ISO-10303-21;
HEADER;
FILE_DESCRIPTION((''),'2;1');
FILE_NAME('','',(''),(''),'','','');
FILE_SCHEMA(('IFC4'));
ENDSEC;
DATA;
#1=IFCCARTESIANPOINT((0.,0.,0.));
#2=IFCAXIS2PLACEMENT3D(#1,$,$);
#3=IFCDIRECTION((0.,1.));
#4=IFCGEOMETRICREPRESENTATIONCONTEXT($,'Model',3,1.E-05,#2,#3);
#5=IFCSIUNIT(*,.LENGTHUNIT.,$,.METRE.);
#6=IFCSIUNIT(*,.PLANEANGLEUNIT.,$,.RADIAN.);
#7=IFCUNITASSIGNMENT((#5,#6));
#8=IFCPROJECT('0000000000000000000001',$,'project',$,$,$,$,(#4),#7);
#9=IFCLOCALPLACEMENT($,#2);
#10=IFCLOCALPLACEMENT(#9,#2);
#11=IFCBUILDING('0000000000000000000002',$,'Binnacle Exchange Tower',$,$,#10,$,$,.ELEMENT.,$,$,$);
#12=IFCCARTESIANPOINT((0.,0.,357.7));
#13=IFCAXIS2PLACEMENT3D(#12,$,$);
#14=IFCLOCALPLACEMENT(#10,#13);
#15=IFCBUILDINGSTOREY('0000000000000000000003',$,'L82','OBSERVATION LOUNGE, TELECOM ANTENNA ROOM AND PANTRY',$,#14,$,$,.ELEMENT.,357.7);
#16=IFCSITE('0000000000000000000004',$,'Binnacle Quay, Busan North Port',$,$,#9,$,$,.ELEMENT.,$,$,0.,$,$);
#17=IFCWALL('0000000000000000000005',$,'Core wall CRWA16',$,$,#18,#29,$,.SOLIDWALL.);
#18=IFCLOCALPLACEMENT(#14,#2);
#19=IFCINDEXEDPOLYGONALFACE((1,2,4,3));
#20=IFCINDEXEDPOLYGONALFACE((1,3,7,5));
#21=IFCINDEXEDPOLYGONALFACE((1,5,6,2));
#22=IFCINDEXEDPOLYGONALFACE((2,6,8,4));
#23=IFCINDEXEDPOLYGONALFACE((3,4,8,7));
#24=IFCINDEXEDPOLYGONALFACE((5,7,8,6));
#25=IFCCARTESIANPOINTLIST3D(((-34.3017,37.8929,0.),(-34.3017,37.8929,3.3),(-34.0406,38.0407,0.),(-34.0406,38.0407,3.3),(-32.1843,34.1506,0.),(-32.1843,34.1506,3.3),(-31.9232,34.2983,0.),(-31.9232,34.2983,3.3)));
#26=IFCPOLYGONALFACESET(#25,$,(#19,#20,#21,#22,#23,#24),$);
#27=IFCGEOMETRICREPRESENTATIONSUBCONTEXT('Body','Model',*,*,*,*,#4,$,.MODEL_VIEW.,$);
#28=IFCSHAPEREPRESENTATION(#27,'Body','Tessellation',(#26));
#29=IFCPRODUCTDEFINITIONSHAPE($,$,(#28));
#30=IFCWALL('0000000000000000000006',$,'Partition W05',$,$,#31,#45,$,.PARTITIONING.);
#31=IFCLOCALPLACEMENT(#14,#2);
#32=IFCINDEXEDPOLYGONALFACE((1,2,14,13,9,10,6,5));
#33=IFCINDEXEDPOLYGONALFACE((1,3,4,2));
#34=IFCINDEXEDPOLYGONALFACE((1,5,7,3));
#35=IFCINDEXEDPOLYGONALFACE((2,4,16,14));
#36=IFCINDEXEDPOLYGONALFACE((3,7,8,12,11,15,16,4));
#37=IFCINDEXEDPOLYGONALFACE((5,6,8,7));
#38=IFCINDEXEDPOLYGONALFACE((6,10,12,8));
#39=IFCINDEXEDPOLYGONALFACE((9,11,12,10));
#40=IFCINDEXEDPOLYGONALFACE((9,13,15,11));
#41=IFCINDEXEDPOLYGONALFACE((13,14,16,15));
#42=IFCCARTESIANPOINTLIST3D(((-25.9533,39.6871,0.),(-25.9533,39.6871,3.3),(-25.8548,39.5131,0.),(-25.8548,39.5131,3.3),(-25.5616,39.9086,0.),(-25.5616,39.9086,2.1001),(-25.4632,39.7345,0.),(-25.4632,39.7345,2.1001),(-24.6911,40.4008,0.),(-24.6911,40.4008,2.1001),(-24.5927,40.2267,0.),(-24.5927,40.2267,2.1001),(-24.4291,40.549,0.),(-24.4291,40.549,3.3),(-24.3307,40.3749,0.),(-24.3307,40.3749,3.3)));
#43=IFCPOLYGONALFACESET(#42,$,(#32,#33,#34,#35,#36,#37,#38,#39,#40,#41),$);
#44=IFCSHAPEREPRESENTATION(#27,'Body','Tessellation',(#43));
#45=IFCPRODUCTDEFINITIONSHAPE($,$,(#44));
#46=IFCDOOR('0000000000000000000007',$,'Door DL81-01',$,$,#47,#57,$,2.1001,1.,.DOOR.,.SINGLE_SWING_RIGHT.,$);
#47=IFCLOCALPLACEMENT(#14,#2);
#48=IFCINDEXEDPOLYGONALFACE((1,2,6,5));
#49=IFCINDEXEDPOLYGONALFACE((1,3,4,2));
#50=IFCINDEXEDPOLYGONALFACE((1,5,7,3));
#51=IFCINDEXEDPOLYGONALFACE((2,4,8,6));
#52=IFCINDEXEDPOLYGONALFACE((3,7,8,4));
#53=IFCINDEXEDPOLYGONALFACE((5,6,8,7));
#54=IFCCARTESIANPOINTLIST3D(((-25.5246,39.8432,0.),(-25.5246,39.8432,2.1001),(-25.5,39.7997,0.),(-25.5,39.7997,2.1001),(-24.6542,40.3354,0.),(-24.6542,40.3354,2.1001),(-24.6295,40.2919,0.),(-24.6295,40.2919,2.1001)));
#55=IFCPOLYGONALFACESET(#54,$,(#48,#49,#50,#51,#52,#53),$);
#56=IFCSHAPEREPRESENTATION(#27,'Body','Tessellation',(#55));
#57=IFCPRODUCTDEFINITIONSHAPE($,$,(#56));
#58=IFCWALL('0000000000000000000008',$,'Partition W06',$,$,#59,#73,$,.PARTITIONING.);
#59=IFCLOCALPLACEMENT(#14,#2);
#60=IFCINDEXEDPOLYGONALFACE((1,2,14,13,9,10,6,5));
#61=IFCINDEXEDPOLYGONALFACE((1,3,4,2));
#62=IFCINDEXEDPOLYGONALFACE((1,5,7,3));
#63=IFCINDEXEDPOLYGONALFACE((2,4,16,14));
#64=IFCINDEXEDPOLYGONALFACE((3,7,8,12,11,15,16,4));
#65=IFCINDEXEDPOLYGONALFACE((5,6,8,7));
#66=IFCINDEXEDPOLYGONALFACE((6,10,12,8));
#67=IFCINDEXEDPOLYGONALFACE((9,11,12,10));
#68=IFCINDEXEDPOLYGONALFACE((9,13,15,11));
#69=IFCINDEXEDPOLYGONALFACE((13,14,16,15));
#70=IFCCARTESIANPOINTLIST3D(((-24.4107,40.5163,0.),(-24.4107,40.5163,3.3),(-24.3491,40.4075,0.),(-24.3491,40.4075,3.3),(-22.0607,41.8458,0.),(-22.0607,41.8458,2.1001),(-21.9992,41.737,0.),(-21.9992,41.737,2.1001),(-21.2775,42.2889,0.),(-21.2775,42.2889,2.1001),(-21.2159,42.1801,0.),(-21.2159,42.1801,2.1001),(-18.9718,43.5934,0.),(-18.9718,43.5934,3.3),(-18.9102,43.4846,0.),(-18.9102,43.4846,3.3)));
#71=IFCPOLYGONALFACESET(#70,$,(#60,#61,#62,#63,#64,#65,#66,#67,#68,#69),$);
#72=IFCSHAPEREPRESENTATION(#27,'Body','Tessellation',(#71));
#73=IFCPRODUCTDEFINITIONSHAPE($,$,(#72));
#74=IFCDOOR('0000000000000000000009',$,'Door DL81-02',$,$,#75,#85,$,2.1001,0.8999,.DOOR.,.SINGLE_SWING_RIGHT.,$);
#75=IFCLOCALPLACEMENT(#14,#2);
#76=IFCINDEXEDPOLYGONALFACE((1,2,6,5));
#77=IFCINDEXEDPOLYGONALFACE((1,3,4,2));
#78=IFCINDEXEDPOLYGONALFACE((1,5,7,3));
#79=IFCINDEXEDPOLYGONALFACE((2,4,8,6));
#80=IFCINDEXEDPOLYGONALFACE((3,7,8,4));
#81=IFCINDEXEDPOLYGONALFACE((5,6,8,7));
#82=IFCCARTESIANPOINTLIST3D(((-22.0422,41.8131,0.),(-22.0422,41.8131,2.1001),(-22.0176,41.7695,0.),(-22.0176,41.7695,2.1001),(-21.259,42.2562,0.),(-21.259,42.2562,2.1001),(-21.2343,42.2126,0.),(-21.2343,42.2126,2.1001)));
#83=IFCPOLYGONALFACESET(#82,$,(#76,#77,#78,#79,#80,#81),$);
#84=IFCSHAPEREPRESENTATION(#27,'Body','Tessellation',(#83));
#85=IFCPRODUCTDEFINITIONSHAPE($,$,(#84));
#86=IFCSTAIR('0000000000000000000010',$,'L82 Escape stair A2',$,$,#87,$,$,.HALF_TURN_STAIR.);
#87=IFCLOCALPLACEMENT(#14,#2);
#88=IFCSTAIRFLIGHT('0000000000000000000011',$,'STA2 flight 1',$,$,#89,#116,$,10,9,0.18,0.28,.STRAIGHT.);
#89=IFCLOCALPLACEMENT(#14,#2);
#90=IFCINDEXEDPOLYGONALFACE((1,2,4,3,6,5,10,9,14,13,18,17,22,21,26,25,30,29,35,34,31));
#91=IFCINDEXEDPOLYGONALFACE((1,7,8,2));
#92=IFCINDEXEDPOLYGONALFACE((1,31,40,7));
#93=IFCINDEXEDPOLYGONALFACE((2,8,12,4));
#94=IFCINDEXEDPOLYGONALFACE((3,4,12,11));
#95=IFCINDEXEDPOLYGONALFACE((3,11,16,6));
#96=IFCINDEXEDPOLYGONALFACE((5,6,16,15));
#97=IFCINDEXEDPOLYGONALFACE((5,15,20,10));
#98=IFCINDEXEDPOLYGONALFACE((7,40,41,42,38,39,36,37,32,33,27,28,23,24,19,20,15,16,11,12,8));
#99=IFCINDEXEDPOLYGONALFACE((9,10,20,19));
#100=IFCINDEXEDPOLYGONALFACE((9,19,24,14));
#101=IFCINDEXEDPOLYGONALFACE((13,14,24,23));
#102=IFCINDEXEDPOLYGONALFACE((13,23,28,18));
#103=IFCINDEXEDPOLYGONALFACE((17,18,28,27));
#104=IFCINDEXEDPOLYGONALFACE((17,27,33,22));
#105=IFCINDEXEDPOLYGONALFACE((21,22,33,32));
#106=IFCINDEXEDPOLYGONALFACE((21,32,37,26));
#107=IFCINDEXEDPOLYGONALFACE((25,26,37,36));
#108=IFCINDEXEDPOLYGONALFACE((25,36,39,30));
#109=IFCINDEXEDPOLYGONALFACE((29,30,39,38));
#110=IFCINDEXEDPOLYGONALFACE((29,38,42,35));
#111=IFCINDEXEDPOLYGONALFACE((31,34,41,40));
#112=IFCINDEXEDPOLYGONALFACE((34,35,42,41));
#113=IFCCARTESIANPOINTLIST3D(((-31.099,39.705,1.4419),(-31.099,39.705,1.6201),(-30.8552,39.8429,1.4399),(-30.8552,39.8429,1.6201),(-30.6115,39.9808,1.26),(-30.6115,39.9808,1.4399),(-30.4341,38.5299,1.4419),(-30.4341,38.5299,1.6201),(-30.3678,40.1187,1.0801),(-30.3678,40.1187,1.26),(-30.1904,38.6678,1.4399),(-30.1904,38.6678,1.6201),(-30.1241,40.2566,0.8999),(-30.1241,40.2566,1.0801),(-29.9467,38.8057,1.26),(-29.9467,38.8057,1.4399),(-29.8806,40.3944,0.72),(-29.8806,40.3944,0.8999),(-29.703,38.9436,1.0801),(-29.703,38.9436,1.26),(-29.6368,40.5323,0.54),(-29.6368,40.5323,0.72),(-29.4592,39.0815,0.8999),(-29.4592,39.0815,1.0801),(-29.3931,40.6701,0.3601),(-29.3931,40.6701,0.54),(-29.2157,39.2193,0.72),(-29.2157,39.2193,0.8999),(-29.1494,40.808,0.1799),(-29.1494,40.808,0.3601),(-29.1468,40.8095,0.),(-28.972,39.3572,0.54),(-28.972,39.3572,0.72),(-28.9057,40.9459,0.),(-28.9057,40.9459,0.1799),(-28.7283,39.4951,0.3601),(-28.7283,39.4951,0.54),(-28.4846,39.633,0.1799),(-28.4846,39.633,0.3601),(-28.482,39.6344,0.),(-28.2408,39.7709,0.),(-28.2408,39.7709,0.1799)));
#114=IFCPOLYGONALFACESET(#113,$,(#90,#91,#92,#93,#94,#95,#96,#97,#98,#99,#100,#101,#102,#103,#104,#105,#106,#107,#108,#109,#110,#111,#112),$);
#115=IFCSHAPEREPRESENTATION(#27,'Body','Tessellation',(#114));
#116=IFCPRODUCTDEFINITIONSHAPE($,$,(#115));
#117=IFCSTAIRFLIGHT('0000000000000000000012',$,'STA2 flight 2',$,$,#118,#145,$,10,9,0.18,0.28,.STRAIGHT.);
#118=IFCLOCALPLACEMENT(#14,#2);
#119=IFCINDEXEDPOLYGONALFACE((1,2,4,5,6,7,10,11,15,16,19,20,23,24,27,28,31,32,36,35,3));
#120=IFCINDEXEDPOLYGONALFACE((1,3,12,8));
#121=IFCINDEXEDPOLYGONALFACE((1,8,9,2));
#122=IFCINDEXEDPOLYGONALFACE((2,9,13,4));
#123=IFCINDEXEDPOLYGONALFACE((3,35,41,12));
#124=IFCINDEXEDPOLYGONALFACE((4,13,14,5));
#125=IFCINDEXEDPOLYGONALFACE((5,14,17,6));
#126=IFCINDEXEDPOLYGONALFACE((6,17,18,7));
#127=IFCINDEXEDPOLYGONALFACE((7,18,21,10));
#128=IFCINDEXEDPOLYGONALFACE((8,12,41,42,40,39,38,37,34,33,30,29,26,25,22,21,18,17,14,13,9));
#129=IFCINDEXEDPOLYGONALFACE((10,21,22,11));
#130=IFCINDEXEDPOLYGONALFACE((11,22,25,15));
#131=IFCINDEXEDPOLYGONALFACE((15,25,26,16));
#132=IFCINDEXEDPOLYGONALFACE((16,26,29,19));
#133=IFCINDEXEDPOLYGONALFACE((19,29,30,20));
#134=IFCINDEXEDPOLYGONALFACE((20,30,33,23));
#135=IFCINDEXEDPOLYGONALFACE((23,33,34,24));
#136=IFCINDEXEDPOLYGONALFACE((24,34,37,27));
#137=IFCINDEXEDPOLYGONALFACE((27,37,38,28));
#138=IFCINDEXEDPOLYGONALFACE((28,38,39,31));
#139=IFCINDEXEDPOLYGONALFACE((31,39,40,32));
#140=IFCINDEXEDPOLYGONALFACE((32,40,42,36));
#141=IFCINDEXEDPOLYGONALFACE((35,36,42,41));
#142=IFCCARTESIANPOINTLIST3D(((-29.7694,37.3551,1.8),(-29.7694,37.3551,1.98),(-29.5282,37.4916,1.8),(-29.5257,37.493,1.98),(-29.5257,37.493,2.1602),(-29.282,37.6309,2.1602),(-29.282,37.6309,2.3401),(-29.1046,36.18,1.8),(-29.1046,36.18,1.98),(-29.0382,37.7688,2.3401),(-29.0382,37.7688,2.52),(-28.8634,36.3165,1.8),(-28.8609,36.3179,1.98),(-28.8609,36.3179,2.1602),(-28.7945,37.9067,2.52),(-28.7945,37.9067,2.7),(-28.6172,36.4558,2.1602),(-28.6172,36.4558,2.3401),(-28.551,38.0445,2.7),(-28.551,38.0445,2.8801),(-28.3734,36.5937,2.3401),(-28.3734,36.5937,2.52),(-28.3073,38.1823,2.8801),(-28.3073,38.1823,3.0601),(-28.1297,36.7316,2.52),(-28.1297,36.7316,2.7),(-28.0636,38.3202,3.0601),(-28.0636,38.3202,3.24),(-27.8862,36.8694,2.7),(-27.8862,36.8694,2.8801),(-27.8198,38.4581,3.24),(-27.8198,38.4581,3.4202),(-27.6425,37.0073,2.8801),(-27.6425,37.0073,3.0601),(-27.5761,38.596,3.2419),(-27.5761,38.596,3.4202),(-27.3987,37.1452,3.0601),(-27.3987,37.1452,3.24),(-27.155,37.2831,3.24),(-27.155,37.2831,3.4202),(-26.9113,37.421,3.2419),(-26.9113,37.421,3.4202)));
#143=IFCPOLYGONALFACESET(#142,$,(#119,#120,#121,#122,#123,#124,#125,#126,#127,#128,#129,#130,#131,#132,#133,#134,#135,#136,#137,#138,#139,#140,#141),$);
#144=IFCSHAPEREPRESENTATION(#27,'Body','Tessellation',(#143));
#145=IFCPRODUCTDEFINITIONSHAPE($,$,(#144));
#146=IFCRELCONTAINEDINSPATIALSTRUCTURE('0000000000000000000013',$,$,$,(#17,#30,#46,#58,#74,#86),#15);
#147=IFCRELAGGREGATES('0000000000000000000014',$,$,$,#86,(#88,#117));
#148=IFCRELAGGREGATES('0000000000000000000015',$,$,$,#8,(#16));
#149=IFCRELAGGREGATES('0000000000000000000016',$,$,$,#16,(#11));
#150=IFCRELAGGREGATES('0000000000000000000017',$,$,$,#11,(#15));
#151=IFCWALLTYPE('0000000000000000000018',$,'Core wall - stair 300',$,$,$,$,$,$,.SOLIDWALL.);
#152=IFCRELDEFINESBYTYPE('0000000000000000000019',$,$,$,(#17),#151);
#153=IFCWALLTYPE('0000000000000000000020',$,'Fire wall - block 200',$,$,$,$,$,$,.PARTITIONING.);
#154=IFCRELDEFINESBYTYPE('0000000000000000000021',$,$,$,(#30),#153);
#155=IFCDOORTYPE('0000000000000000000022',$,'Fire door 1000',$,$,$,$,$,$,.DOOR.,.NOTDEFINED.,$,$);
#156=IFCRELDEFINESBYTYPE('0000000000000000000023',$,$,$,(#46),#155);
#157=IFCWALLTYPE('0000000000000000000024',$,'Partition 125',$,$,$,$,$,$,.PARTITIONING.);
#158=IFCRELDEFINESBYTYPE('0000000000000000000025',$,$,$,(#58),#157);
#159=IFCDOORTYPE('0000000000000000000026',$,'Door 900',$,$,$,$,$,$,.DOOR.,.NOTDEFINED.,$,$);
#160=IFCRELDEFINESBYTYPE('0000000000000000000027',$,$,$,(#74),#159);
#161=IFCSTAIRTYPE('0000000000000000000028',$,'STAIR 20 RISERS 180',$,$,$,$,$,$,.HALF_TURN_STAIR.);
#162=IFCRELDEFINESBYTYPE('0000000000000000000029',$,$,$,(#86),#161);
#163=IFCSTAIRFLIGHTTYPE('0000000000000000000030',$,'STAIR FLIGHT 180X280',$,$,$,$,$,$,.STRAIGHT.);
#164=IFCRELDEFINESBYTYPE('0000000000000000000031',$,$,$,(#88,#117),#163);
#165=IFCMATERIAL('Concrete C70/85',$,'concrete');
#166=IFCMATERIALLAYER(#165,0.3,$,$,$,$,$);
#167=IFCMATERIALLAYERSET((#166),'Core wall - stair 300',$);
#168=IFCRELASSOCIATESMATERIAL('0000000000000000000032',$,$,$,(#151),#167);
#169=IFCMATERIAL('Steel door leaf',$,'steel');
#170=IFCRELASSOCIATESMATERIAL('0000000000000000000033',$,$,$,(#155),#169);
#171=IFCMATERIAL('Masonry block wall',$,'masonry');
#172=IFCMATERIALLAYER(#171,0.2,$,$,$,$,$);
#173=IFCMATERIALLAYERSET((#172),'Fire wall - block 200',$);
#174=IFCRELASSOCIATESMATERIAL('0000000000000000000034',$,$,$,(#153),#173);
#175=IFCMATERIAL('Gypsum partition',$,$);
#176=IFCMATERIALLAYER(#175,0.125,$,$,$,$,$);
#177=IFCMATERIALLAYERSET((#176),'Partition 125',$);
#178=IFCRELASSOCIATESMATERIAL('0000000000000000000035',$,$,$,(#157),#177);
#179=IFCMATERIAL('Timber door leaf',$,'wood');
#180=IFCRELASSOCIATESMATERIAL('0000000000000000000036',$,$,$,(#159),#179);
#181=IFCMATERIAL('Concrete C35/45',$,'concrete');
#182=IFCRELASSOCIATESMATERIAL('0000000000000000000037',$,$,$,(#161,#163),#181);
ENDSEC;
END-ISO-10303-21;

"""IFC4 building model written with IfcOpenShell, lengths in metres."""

from ifc_helpers import new_model, si_unit, direction, frame, frame_2d, origin, place, context, subcontext, project, spatial, polyline, rectangle, outline, extrude, material, layer, layer_set, type_object, element, fill, aggregate, save


model = new_model("IFC4")

# Units and contexts
model_context = context("Model", 3, precision=1e-05, world=origin(), true_north=direction((0.0, 1.0)))
body_context = subcontext(model_context, "Body", "Model", "MODEL_VIEW")
ifc_project = project(units=[si_unit("LENGTHUNIT", "METRE"), si_unit("PLANEANGLEUNIT", "RADIAN")], contexts=[model_context])

# Site, building, storey
site_placement = place(None, origin())
site = spatial("IfcSite", under=ifc_project, at=site_placement, Name="Binnacle Quay, Busan North Port", CompositionType="ELEMENT", RefElevation=0.0)
building_placement = place(site_placement, origin())
building = spatial("IfcBuilding", under=site, at=building_placement, Name="Binnacle Exchange Tower", CompositionType="ELEMENT")
storey_placement = place(building_placement, frame((0.0, 0.0, 357.7)))
storey = spatial("IfcBuildingStorey", under=building, at=storey_placement, Name="L82", Description="OBSERVATION LOUNGE, TELECOM ANTENNA ROOM AND PANTRY", CompositionType="ELEMENT", Elevation=357.7)

# Shared definitions
ifc_material_1 = material(Name="Concrete C70/85", Category="concrete")
ifc_layer_1 = layer(ifc_material_1, 0.3)
ifc_layer_set_1 = layer_set([ifc_layer_1], Name="Core wall - stair 300")
wall_type_1 = type_object("IfcWallType", Name="Core wall - stair 300", PredefinedType="SOLIDWALL", material=ifc_layer_set_1)
ifc_material_2 = material(Name="Steel door leaf", Category="steel")
door_type_1 = type_object("IfcDoorType", Name="Fire door 1000", OperationType="NOTDEFINED", PredefinedType="DOOR", material=ifc_material_2)

# Wall
wall_1_placement = place(storey_placement, frame((-34.1711, 37.9668, 0.0), z_axis=(0.0, 0.0, 1.0), x_axis=(0.492435, -0.870349, 0.0)))
element("IfcWall", 1, at=wall_1_placement, inside=storey, type_object=wall_type_1, Name="Core wall CRWA16", PredefinedType="SOLIDWALL", context=body_context, shape_type="SweptSolid", body=[
    extrude(rectangle(XDim=4.2998, YDim=0.3, at=frame_2d((2.1499, 0.0))), origin(), (0.0, 0.0, 1.0), 3.3),
])

# Walls, openings, doors
ifc_material_3 = material(Name="Masonry block wall", Category="masonry")
ifc_layer_2 = layer(ifc_material_3, 0.2)
ifc_layer_set_2 = layer_set([ifc_layer_2], Name="Fire wall - block 200")
wall_type_2 = type_object("IfcWallType", Name="Fire wall - block 200", PredefinedType="PARTITIONING", material=ifc_layer_set_2)
wall_2_placement = place(storey_placement, frame((-25.9041, 39.6001, 0.0), z_axis=(0.0, 0.0, 1.0), x_axis=(0.870482, 0.4922, 0.0)))
wall_2 = element("IfcWall", 2, at=wall_2_placement, inside=storey, type_object=wall_type_2, Name="Partition W05", PredefinedType="PARTITIONING", context=body_context, shape_type="SweptSolid", body=[
    extrude(rectangle(XDim=1.751, YDim=0.2, at=frame_2d((0.8755, 0.0))), origin(), (0.0, 0.0, 1.0), 3.3),
])
opening_1_placement = place(wall_2_placement, frame((0.45, 0.0, 0.0)))
opening_1 = element("IfcOpeningElement", 3, at=opening_1_placement, cuts=wall_2, PredefinedType="OPENING", context=body_context, shape_type="SweptSolid", body=[
    extrude(rectangle(XDim=1.0, YDim=2.1001, at=frame_2d((0.5, 1.05))), frame((0.0, 0.1099, 0.0), z_axis=(0.0, -1.0, 0.0), x_axis=(1.0, 0.0, 0.0)), (0.0, 0.0, 1.0), 0.22),
])
door_1_placement = place(opening_1_placement, origin())
door_1 = element("IfcDoor", 4, at=door_1_placement, inside=storey, type_object=door_type_1, Name="Door DL81-01", OperationType="SINGLE_SWING_RIGHT", OverallHeight=2.1001, OverallWidth=1.0, PredefinedType="DOOR", context=body_context, shape_type="SweptSolid", body=[
    extrude(rectangle(XDim=1.0, YDim=2.1001, at=frame_2d((0.5, 1.05))), frame((0.0, 0.0249, 0.0), z_axis=(0.0, -1.0, 0.0), x_axis=(1.0, 0.0, 0.0)), (0.0, 0.0, 1.0), 0.05),
])
fill(opening_1, door_1)
ifc_material_4 = material(Name="Gypsum partition")
ifc_layer_3 = layer(ifc_material_4, 0.125)
ifc_layer_set_3 = layer_set([ifc_layer_3], Name="Partition 125")
wall_type_3 = type_object("IfcWallType", Name="Partition 125", PredefinedType="PARTITIONING", material=ifc_layer_set_3)
wall_3_placement = place(storey_placement, frame((-24.3799, 40.4619, 0.0), z_axis=(0.0, 0.0, 1.0), x_axis=(0.87036, 0.492415, 0.0)))
wall_3 = element("IfcWall", 5, at=wall_3_placement, inside=storey, type_object=wall_type_3, Name="Partition W06", PredefinedType="PARTITIONING", context=body_context, shape_type="SweptSolid", body=[
    extrude(rectangle(XDim=6.249, YDim=0.125, at=frame_2d((3.1245, 0.0))), origin(), (0.0, 0.0, 1.0), 3.3),
])
opening_2_placement = place(wall_3_placement, frame((2.7, 0.0, 0.0)))
opening_2 = element("IfcOpeningElement", 6, at=opening_2_placement, cuts=wall_3, PredefinedType="OPENING", context=body_context, shape_type="SweptSolid", body=[
    extrude(rectangle(XDim=0.8999, YDim=2.1001, at=frame_2d((0.45, 1.05))), frame((0.0, 0.0725, 0.0), z_axis=(0.0, -1.0, 0.0), x_axis=(1.0, 0.0, 0.0)), (0.0, 0.0, 1.0), 0.145),
])
ifc_material_5 = material(Name="Timber door leaf", Category="wood")
door_type_2 = type_object("IfcDoorType", Name="Door 900", OperationType="NOTDEFINED", PredefinedType="DOOR", material=ifc_material_5)
door_2_placement = place(opening_2_placement, origin())
door_2 = element("IfcDoor", 7, at=door_2_placement, inside=storey, type_object=door_type_2, Name="Door DL81-02", OperationType="SINGLE_SWING_RIGHT", OverallHeight=2.1001, OverallWidth=0.8999, PredefinedType="DOOR", context=body_context, shape_type="SweptSolid", body=[
    extrude(rectangle(XDim=0.8999, YDim=2.1001, at=frame_2d((0.45, 1.05))), frame((0.0, 0.0249, 0.0), z_axis=(0.0, -1.0, 0.0), x_axis=(1.0, 0.0, 0.0)), (0.0, 0.0, 1.0), 0.05),
])
fill(opening_2, door_2)

# Stair, stair flights
ifc_material_6 = material(Name="Concrete C35/45", Category="concrete")
stair_type = type_object("IfcStairType", Name="STAIR 20 RISERS 180", PredefinedType="HALF_TURN_STAIR", material=ifc_material_6)
stair_placement = place(storey_placement, origin())
stair = element("IfcStair", 8, at=stair_placement, inside=storey, type_object=stair_type, Name="L82 Escape stair A2", PredefinedType="HALF_TURN_STAIR")
stair_flight_type = type_object("IfcStairFlightType", Name="STAIR FLIGHT 180X280", PredefinedType="STRAIGHT", material=ifc_material_6)
stair_flight_1_placement = place(storey_placement, frame((-28.5732, 40.3584, 0.0), z_axis=(0.0, 0.0, 1.0), x_axis=(-0.870356, -0.492424, 0.0)))
stair_flight_1 = element("IfcStairFlight", 9, at=stair_flight_1_placement, type_object=stair_flight_type, Name="STA2 flight 1", NumberOfRisers=10, NumberOfTreads=9, PredefinedType="STRAIGHT", RiserHeight=0.18, TreadLength=0.28, context=body_context, shape_type="SweptSolid", body=[
    extrude(outline(polyline([(0.0, 0.0), (0.0, 0.1799), (0.28, 0.1799), (0.28, 0.3601), (0.5601, 0.3601), (0.5601, 0.54), (0.8401, 0.54), (0.8401, 0.72), (1.1201, 0.72), (1.1201, 0.8999), (1.3999, 0.8999), (1.3999, 1.0801), (1.6799, 1.0801), (1.6799, 1.26), (1.96, 1.26), (1.96, 1.4399), (2.24, 1.4399), (2.24, 1.6201), (2.52, 1.6201), (2.52, 1.8), (2.52, 1.4419), (0.2771, 0.0), (0.0, 0.0)])), frame((0.0, 0.675, 0.0), z_axis=(0.0, -1.0, 0.0), x_axis=(1.0, 0.0, 0.0)), (0.0, 0.0, 1.0), 1.3501),
])
stair_flight_2_placement = place(storey_placement, frame((-29.437, 36.7676, 1.8), z_axis=(0.0, 0.0, 1.0), x_axis=(0.870356, 0.492424, 0.0)))
stair_flight_2 = element("IfcStairFlight", 10, at=stair_flight_2_placement, type_object=stair_flight_type, Name="STA2 flight 2", NumberOfRisers=10, NumberOfTreads=9, PredefinedType="STRAIGHT", RiserHeight=0.18, TreadLength=0.28, context=body_context, shape_type="SweptSolid", body=[
    extrude(outline(polyline([(0.0, 0.0), (0.0, 0.1799), (0.28, 0.1799), (0.28, 0.3601), (0.5601, 0.3601), (0.5601, 0.54), (0.8401, 0.54), (0.8401, 0.72), (1.1201, 0.72), (1.1201, 0.8999), (1.3999, 0.8999), (1.3999, 1.0801), (1.6799, 1.0801), (1.6799, 1.26), (1.96, 1.26), (1.96, 1.4399), (2.24, 1.4399), (2.24, 1.6201), (2.52, 1.6201), (2.52, 1.8), (2.52, 1.4419), (0.2771, 0.0), (0.0, 0.0)])), frame((0.0, 0.675, 0.0), z_axis=(0.0, -1.0, 0.0), x_axis=(1.0, 0.0, 0.0)), (0.0, 0.0, 1.0), 1.3501),
])
aggregate(stair, [stair_flight_1, stair_flight_2])

save(model, "model.ifc")
